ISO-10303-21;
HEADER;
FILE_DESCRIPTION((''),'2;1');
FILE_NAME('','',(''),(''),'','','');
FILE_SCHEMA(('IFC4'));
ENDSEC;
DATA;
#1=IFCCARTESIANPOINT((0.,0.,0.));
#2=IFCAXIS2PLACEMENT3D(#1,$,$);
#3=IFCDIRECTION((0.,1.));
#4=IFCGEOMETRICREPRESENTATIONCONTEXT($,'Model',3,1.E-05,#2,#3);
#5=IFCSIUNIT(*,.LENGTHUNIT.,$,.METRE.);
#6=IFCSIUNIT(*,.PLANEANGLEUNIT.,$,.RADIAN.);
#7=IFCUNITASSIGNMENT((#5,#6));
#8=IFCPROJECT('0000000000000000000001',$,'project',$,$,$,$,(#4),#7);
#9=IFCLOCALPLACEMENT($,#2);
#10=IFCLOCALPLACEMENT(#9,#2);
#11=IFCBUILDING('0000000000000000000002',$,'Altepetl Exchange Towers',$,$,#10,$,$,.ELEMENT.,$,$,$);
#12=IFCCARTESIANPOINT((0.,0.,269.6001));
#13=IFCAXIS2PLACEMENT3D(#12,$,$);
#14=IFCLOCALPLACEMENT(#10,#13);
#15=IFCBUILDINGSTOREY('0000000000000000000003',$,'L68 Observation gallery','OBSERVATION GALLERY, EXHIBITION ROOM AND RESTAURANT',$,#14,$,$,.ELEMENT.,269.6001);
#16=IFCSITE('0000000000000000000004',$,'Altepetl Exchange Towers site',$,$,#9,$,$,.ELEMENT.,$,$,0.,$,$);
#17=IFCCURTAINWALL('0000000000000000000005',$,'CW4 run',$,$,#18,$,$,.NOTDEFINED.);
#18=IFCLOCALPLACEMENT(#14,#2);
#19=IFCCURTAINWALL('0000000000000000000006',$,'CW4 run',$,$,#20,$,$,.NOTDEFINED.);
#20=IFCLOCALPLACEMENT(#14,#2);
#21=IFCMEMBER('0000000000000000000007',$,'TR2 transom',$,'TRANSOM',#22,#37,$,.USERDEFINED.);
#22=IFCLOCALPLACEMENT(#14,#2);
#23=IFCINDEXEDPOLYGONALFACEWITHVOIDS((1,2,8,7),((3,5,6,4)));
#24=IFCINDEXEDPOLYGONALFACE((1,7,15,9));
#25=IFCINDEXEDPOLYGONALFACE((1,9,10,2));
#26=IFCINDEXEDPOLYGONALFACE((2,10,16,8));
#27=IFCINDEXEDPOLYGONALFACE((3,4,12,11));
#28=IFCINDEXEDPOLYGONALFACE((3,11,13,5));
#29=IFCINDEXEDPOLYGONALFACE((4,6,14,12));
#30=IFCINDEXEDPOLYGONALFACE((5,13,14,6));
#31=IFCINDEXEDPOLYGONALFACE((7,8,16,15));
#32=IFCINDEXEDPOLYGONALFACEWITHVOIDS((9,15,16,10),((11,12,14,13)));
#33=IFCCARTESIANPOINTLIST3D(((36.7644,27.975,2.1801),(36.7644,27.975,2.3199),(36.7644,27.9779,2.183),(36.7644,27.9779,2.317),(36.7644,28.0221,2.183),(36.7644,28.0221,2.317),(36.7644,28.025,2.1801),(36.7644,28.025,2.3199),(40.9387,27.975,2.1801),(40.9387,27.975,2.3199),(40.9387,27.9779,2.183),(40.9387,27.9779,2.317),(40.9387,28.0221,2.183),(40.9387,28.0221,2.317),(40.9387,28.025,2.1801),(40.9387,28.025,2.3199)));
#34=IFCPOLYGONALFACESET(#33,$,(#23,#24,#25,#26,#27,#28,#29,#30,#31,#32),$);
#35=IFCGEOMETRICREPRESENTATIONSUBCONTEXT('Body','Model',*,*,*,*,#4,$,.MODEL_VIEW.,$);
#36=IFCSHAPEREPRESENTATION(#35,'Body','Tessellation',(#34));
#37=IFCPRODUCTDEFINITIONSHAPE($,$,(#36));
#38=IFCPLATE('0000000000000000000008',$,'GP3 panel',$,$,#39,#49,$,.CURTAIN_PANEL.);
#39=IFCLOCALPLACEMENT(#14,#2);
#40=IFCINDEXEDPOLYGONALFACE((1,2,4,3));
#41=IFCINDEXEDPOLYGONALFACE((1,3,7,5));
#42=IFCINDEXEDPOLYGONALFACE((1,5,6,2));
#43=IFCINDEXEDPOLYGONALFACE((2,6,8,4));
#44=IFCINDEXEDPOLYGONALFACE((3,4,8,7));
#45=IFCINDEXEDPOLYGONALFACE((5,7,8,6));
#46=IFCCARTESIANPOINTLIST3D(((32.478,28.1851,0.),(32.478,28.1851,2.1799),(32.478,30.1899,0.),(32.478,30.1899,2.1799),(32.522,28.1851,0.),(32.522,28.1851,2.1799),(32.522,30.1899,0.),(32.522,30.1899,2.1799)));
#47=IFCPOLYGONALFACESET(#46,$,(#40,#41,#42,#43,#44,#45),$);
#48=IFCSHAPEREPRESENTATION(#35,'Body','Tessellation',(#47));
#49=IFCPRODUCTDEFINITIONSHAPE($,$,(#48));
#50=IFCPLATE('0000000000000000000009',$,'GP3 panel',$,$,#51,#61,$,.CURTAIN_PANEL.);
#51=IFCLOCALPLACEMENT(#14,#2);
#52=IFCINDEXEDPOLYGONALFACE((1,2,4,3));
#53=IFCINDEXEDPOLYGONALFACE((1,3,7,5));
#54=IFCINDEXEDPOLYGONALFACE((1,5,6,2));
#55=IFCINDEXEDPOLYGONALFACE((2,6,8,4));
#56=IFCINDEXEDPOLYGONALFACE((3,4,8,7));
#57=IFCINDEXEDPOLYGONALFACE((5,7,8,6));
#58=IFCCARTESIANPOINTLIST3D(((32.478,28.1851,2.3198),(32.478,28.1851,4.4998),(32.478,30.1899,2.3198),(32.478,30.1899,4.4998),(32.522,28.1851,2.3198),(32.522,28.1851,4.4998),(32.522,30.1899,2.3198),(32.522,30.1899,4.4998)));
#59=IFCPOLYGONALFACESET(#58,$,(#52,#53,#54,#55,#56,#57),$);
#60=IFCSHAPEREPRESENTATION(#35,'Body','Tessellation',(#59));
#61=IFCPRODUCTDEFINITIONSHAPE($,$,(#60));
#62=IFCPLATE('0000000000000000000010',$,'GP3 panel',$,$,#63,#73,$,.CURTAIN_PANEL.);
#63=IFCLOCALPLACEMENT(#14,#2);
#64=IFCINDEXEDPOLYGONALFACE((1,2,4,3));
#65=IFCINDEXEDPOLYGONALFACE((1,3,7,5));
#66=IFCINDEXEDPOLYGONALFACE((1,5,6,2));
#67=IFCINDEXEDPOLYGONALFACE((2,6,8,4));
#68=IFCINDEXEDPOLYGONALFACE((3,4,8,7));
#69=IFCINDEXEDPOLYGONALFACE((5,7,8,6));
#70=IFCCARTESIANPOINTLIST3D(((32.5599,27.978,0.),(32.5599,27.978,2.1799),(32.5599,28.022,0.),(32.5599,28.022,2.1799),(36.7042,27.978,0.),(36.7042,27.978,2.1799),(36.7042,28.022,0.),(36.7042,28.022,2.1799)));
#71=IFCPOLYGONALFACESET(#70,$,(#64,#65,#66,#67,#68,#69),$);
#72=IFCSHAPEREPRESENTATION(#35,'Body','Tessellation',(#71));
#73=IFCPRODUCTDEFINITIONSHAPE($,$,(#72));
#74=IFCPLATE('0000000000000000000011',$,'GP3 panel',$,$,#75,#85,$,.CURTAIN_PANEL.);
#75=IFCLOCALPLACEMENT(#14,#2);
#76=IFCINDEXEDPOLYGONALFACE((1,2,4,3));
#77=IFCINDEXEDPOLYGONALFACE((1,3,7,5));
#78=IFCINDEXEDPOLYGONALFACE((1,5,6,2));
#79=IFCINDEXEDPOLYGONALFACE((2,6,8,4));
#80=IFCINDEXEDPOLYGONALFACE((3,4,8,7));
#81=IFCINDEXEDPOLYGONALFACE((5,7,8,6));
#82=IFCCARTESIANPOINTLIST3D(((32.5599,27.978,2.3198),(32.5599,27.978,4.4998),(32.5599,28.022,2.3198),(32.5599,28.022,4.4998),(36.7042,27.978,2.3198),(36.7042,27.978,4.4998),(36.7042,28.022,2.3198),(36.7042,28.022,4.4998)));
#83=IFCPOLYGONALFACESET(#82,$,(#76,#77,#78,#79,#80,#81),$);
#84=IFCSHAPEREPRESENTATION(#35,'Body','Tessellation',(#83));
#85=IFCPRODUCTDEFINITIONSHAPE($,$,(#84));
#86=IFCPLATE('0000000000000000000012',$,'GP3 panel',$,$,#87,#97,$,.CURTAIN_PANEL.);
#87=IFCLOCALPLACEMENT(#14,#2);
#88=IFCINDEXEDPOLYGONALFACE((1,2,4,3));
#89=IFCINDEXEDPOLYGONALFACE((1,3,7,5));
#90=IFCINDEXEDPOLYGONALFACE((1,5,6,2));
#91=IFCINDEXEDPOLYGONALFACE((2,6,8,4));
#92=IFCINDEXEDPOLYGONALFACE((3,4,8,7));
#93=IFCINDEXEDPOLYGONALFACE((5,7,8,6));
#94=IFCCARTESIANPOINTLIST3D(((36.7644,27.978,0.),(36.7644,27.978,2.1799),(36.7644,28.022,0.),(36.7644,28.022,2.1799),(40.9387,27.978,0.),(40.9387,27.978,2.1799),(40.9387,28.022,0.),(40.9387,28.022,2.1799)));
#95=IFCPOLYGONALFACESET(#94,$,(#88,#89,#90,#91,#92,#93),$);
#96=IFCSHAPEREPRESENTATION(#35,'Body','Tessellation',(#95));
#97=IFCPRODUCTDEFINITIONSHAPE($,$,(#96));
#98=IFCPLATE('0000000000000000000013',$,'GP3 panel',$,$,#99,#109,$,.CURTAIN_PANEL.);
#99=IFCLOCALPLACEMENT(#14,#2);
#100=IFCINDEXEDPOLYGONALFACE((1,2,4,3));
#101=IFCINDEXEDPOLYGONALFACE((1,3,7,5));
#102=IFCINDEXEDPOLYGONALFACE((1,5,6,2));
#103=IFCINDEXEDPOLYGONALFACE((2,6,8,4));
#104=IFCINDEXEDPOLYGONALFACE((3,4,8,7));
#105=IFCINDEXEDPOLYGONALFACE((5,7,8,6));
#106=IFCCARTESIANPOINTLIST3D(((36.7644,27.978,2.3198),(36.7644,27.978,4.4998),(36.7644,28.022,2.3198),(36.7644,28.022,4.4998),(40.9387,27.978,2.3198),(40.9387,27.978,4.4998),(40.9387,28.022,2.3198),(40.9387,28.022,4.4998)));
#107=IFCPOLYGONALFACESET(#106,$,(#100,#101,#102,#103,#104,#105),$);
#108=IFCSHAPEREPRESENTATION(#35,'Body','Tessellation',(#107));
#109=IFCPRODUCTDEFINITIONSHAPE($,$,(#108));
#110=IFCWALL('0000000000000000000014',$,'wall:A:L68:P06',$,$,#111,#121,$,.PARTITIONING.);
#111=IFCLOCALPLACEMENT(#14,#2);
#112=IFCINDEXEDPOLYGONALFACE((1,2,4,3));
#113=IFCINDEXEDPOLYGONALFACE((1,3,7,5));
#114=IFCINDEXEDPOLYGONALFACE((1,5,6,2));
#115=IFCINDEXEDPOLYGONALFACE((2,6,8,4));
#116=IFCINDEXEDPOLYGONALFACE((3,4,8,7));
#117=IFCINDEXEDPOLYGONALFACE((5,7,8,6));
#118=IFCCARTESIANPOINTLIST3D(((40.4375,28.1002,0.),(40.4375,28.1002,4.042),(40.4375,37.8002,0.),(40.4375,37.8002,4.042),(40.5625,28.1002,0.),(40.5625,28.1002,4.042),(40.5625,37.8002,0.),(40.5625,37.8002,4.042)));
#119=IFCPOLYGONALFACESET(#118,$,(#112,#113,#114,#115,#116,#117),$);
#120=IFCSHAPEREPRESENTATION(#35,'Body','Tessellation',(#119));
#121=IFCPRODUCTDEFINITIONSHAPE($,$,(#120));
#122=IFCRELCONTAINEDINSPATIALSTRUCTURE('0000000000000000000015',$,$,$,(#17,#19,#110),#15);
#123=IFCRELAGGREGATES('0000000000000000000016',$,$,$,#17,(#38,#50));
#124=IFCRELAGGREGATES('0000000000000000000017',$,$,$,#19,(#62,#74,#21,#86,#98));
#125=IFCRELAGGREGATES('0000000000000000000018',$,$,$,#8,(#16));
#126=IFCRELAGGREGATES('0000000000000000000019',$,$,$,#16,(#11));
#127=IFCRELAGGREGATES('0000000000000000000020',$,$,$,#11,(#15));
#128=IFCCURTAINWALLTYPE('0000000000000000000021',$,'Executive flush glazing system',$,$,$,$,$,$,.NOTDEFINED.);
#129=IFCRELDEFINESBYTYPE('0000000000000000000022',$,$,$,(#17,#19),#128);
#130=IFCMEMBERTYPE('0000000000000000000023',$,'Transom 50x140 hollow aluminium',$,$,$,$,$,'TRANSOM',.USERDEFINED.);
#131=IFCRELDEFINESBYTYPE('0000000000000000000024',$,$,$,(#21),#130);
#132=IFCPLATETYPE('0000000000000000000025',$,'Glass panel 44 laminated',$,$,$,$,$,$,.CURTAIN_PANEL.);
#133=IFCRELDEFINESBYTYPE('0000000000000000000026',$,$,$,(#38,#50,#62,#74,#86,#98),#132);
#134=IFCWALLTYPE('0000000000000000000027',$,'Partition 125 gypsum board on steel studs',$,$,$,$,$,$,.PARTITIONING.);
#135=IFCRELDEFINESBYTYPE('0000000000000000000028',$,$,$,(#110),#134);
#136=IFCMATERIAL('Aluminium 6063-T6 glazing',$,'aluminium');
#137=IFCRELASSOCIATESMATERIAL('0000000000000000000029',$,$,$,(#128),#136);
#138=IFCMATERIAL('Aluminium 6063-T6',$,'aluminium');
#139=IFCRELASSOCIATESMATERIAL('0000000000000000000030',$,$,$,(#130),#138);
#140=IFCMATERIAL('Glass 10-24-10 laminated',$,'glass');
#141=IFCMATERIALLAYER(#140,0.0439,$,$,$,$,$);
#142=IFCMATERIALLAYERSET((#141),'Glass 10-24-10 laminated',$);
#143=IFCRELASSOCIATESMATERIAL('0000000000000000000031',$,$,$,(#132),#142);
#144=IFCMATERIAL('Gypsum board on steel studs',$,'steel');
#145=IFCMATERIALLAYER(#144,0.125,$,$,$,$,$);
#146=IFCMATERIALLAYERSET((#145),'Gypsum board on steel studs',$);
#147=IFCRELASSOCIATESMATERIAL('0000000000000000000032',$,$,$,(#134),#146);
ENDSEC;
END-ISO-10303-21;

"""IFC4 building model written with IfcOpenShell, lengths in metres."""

from ifc_helpers import new_model, si_unit, direction, frame, frame_2d, origin, origin_2d, place, context, subcontext, project, spatial, rectangle, hollow_rectangle, extrude, material, layer, layer_set, material_profile, profile_set, type_object, element, aggregate, save


model = new_model("IFC4")

# Units and contexts
model_context = context("Model", 3, precision=1e-05, world=origin(), true_north=direction((0.0, 1.0)))
body_context = subcontext(model_context, "Body", "Model", "MODEL_VIEW")
ifc_project = project(units=[si_unit("LENGTHUNIT", "METRE"), si_unit("PLANEANGLEUNIT", "RADIAN")], contexts=[model_context])

# Site, building, storey
site_placement = place(None, origin())
site = spatial("IfcSite", under=ifc_project, at=site_placement, Name="Altepetl Exchange Towers site", CompositionType="ELEMENT", RefElevation=0.0)
building_placement = place(site_placement, origin())
building = spatial("IfcBuilding", under=site, at=building_placement, Name="Altepetl Exchange Towers", CompositionType="ELEMENT")
storey_placement = place(building_placement, frame((0.0, 0.0, 269.6001)))
storey = spatial("IfcBuildingStorey", under=building, at=storey_placement, Name="L68 Observation gallery", Description="OBSERVATION GALLERY, EXHIBITION ROOM AND RESTAURANT", CompositionType="ELEMENT", Elevation=269.6001)

# Curtain walls
ifc_material_1 = material(Name="Aluminium 6063-T6 glazing", Category="aluminium")
curtain_wall_type = type_object("IfcCurtainWallType", Name="Executive flush glazing system", PredefinedType="NOTDEFINED", material=ifc_material_1)
curtain_wall_1_placement = place(storey_placement, origin())
curtain_wall_1 = element("IfcCurtainWall", 1, at=curtain_wall_1_placement, inside=storey, type_object=curtain_wall_type, Name="CW4 run", PredefinedType="NOTDEFINED")
ifc_material_2 = material(Name="Aluminium 6063-T6", Category="aluminium")
curtain_wall_2_placement = place(storey_placement, origin())
curtain_wall_2 = element("IfcCurtainWall", 2, at=curtain_wall_2_placement, inside=storey, type_object=curtain_wall_type, Name="CW4 run", PredefinedType="NOTDEFINED")

# Member
ifc_material_profile_1 = material_profile(ifc_material_2, hollow_rectangle(XDim=0.05, YDim=0.1399, WallThickness=0.0029, at=origin_2d()), Name="Transom 50x140 hollow aluminium")
ifc_profile_set_1 = profile_set([ifc_material_profile_1], Name="Aluminium 6063-T6")
member_type_1 = type_object("IfcMemberType", Name="Transom 50x140 hollow aluminium", ElementType="TRANSOM", PredefinedType="USERDEFINED", material=ifc_profile_set_1)
member_1_placement = place(storey_placement, frame((36.7644, 28.0, 2.25), z_axis=(1.0, 0.0, 0.0), x_axis=(0.0, 1.0, 0.0)))
member_1 = element("IfcMember", 3, at=member_1_placement, type_object=member_type_1, Name="TR2 transom", ObjectType="TRANSOM", PredefinedType="USERDEFINED", context=body_context, shape_type="SweptSolid", body=[
    extrude(hollow_rectangle(XDim=0.05, YDim=0.1399, WallThickness=0.0029, at=origin_2d()), origin(), (0.0, 0.0, 1.0), 4.1743),
])

# Plates
ifc_material_3 = material(Name="Glass 10-24-10 laminated", Category="glass")
ifc_layer_1 = layer(ifc_material_3, 0.0439)
ifc_layer_set_1 = layer_set([ifc_layer_1], Name="Glass 10-24-10 laminated")
plate_type = type_object("IfcPlateType", Name="Glass panel 44 laminated", PredefinedType="CURTAIN_PANEL", material=ifc_layer_set_1)
plate_1_placement = place(storey_placement, frame((32.5, 29.1875, 0.0), z_axis=(0.0, 0.0, 1.0), x_axis=(0.0, -1.0, 0.0)))
plate_1 = element("IfcPlate", 4, at=plate_1_placement, type_object=plate_type, Name="GP3 panel", PredefinedType="CURTAIN_PANEL", context=body_context, shape_type="SweptSolid", body=[
    extrude(rectangle(XDim=2.0049, YDim=0.0439, at=origin_2d()), origin(), (0.0, 0.0, 1.0), 2.1799),
])
plate_2_placement = place(storey_placement, frame((32.5, 29.1875, 2.3198), z_axis=(0.0, 0.0, 1.0), x_axis=(0.0, -1.0, 0.0)))
plate_2 = element("IfcPlate", 5, at=plate_2_placement, type_object=plate_type, Name="GP3 panel", PredefinedType="CURTAIN_PANEL", context=body_context, shape_type="SweptSolid", body=[
    extrude(rectangle(XDim=2.0049, YDim=0.0439, at=origin_2d()), origin(), (0.0, 0.0, 1.0), 2.1799),
])
aggregate(curtain_wall_1, [plate_1, plate_2])
plate_3_placement = place(storey_placement, frame((34.6321, 28.0, 0.0)))
plate_3 = element("IfcPlate", 6, at=plate_3_placement, type_object=plate_type, Name="GP3 panel", PredefinedType="CURTAIN_PANEL", context=body_context, shape_type="SweptSolid", body=[
    extrude(rectangle(XDim=4.1443, YDim=0.0439, at=origin_2d()), origin(), (0.0, 0.0, 1.0), 2.1799),
])
plate_4_placement = place(storey_placement, frame((34.6321, 28.0, 2.3198)))
plate_4 = element("IfcPlate", 7, at=plate_4_placement, type_object=plate_type, Name="GP3 panel", PredefinedType="CURTAIN_PANEL", context=body_context, shape_type="SweptSolid", body=[
    extrude(rectangle(XDim=4.1443, YDim=0.0439, at=origin_2d()), origin(), (0.0, 0.0, 1.0), 2.1799),
])
plate_5_placement = place(storey_placement, frame((38.8516, 28.0, 0.0)))
plate_5 = element("IfcPlate", 8, at=plate_5_placement, type_object=plate_type, Name="GP3 panel", PredefinedType="CURTAIN_PANEL", context=body_context, shape_type="SweptSolid", body=[
    extrude(rectangle(XDim=4.1743, YDim=0.0439, at=origin_2d()), origin(), (0.0, 0.0, 1.0), 2.1799),
])
plate_6_placement = place(storey_placement, frame((38.8516, 28.0, 2.3198)))
plate_6 = element("IfcPlate", 9, at=plate_6_placement, type_object=plate_type, Name="GP3 panel", PredefinedType="CURTAIN_PANEL", context=body_context, shape_type="SweptSolid", body=[
    extrude(rectangle(XDim=4.1743, YDim=0.0439, at=origin_2d()), origin(), (0.0, 0.0, 1.0), 2.1799),
])
aggregate(curtain_wall_2, [plate_3, plate_4, member_1, plate_5, plate_6])

# Wall
ifc_material_4 = material(Name="Gypsum board on steel studs", Category="steel")
ifc_layer_2 = layer(ifc_material_4, 0.125)
ifc_layer_set_2 = layer_set([ifc_layer_2], Name="Gypsum board on steel studs")
wall_type = type_object("IfcWallType", Name="Partition 125 gypsum board on steel studs", PredefinedType="PARTITIONING", material=ifc_layer_set_2)
wall_placement = place(storey_placement, frame((40.5, 28.1001, 0.0), z_axis=(0.0, 0.0, 1.0), x_axis=(0.0, 1.0, 0.0)))
element("IfcWall", 10, at=wall_placement, inside=storey, type_object=wall_type, Name="wall:A:L68:P06", PredefinedType="PARTITIONING", context=body_context, shape_type="SweptSolid", body=[
    extrude(rectangle(XDim=9.7, YDim=0.125, at=frame_2d((4.8501, 0.0))), origin(), (0.0, 0.0, 1.0), 4.042),
])

save(model, "model.ifc")
